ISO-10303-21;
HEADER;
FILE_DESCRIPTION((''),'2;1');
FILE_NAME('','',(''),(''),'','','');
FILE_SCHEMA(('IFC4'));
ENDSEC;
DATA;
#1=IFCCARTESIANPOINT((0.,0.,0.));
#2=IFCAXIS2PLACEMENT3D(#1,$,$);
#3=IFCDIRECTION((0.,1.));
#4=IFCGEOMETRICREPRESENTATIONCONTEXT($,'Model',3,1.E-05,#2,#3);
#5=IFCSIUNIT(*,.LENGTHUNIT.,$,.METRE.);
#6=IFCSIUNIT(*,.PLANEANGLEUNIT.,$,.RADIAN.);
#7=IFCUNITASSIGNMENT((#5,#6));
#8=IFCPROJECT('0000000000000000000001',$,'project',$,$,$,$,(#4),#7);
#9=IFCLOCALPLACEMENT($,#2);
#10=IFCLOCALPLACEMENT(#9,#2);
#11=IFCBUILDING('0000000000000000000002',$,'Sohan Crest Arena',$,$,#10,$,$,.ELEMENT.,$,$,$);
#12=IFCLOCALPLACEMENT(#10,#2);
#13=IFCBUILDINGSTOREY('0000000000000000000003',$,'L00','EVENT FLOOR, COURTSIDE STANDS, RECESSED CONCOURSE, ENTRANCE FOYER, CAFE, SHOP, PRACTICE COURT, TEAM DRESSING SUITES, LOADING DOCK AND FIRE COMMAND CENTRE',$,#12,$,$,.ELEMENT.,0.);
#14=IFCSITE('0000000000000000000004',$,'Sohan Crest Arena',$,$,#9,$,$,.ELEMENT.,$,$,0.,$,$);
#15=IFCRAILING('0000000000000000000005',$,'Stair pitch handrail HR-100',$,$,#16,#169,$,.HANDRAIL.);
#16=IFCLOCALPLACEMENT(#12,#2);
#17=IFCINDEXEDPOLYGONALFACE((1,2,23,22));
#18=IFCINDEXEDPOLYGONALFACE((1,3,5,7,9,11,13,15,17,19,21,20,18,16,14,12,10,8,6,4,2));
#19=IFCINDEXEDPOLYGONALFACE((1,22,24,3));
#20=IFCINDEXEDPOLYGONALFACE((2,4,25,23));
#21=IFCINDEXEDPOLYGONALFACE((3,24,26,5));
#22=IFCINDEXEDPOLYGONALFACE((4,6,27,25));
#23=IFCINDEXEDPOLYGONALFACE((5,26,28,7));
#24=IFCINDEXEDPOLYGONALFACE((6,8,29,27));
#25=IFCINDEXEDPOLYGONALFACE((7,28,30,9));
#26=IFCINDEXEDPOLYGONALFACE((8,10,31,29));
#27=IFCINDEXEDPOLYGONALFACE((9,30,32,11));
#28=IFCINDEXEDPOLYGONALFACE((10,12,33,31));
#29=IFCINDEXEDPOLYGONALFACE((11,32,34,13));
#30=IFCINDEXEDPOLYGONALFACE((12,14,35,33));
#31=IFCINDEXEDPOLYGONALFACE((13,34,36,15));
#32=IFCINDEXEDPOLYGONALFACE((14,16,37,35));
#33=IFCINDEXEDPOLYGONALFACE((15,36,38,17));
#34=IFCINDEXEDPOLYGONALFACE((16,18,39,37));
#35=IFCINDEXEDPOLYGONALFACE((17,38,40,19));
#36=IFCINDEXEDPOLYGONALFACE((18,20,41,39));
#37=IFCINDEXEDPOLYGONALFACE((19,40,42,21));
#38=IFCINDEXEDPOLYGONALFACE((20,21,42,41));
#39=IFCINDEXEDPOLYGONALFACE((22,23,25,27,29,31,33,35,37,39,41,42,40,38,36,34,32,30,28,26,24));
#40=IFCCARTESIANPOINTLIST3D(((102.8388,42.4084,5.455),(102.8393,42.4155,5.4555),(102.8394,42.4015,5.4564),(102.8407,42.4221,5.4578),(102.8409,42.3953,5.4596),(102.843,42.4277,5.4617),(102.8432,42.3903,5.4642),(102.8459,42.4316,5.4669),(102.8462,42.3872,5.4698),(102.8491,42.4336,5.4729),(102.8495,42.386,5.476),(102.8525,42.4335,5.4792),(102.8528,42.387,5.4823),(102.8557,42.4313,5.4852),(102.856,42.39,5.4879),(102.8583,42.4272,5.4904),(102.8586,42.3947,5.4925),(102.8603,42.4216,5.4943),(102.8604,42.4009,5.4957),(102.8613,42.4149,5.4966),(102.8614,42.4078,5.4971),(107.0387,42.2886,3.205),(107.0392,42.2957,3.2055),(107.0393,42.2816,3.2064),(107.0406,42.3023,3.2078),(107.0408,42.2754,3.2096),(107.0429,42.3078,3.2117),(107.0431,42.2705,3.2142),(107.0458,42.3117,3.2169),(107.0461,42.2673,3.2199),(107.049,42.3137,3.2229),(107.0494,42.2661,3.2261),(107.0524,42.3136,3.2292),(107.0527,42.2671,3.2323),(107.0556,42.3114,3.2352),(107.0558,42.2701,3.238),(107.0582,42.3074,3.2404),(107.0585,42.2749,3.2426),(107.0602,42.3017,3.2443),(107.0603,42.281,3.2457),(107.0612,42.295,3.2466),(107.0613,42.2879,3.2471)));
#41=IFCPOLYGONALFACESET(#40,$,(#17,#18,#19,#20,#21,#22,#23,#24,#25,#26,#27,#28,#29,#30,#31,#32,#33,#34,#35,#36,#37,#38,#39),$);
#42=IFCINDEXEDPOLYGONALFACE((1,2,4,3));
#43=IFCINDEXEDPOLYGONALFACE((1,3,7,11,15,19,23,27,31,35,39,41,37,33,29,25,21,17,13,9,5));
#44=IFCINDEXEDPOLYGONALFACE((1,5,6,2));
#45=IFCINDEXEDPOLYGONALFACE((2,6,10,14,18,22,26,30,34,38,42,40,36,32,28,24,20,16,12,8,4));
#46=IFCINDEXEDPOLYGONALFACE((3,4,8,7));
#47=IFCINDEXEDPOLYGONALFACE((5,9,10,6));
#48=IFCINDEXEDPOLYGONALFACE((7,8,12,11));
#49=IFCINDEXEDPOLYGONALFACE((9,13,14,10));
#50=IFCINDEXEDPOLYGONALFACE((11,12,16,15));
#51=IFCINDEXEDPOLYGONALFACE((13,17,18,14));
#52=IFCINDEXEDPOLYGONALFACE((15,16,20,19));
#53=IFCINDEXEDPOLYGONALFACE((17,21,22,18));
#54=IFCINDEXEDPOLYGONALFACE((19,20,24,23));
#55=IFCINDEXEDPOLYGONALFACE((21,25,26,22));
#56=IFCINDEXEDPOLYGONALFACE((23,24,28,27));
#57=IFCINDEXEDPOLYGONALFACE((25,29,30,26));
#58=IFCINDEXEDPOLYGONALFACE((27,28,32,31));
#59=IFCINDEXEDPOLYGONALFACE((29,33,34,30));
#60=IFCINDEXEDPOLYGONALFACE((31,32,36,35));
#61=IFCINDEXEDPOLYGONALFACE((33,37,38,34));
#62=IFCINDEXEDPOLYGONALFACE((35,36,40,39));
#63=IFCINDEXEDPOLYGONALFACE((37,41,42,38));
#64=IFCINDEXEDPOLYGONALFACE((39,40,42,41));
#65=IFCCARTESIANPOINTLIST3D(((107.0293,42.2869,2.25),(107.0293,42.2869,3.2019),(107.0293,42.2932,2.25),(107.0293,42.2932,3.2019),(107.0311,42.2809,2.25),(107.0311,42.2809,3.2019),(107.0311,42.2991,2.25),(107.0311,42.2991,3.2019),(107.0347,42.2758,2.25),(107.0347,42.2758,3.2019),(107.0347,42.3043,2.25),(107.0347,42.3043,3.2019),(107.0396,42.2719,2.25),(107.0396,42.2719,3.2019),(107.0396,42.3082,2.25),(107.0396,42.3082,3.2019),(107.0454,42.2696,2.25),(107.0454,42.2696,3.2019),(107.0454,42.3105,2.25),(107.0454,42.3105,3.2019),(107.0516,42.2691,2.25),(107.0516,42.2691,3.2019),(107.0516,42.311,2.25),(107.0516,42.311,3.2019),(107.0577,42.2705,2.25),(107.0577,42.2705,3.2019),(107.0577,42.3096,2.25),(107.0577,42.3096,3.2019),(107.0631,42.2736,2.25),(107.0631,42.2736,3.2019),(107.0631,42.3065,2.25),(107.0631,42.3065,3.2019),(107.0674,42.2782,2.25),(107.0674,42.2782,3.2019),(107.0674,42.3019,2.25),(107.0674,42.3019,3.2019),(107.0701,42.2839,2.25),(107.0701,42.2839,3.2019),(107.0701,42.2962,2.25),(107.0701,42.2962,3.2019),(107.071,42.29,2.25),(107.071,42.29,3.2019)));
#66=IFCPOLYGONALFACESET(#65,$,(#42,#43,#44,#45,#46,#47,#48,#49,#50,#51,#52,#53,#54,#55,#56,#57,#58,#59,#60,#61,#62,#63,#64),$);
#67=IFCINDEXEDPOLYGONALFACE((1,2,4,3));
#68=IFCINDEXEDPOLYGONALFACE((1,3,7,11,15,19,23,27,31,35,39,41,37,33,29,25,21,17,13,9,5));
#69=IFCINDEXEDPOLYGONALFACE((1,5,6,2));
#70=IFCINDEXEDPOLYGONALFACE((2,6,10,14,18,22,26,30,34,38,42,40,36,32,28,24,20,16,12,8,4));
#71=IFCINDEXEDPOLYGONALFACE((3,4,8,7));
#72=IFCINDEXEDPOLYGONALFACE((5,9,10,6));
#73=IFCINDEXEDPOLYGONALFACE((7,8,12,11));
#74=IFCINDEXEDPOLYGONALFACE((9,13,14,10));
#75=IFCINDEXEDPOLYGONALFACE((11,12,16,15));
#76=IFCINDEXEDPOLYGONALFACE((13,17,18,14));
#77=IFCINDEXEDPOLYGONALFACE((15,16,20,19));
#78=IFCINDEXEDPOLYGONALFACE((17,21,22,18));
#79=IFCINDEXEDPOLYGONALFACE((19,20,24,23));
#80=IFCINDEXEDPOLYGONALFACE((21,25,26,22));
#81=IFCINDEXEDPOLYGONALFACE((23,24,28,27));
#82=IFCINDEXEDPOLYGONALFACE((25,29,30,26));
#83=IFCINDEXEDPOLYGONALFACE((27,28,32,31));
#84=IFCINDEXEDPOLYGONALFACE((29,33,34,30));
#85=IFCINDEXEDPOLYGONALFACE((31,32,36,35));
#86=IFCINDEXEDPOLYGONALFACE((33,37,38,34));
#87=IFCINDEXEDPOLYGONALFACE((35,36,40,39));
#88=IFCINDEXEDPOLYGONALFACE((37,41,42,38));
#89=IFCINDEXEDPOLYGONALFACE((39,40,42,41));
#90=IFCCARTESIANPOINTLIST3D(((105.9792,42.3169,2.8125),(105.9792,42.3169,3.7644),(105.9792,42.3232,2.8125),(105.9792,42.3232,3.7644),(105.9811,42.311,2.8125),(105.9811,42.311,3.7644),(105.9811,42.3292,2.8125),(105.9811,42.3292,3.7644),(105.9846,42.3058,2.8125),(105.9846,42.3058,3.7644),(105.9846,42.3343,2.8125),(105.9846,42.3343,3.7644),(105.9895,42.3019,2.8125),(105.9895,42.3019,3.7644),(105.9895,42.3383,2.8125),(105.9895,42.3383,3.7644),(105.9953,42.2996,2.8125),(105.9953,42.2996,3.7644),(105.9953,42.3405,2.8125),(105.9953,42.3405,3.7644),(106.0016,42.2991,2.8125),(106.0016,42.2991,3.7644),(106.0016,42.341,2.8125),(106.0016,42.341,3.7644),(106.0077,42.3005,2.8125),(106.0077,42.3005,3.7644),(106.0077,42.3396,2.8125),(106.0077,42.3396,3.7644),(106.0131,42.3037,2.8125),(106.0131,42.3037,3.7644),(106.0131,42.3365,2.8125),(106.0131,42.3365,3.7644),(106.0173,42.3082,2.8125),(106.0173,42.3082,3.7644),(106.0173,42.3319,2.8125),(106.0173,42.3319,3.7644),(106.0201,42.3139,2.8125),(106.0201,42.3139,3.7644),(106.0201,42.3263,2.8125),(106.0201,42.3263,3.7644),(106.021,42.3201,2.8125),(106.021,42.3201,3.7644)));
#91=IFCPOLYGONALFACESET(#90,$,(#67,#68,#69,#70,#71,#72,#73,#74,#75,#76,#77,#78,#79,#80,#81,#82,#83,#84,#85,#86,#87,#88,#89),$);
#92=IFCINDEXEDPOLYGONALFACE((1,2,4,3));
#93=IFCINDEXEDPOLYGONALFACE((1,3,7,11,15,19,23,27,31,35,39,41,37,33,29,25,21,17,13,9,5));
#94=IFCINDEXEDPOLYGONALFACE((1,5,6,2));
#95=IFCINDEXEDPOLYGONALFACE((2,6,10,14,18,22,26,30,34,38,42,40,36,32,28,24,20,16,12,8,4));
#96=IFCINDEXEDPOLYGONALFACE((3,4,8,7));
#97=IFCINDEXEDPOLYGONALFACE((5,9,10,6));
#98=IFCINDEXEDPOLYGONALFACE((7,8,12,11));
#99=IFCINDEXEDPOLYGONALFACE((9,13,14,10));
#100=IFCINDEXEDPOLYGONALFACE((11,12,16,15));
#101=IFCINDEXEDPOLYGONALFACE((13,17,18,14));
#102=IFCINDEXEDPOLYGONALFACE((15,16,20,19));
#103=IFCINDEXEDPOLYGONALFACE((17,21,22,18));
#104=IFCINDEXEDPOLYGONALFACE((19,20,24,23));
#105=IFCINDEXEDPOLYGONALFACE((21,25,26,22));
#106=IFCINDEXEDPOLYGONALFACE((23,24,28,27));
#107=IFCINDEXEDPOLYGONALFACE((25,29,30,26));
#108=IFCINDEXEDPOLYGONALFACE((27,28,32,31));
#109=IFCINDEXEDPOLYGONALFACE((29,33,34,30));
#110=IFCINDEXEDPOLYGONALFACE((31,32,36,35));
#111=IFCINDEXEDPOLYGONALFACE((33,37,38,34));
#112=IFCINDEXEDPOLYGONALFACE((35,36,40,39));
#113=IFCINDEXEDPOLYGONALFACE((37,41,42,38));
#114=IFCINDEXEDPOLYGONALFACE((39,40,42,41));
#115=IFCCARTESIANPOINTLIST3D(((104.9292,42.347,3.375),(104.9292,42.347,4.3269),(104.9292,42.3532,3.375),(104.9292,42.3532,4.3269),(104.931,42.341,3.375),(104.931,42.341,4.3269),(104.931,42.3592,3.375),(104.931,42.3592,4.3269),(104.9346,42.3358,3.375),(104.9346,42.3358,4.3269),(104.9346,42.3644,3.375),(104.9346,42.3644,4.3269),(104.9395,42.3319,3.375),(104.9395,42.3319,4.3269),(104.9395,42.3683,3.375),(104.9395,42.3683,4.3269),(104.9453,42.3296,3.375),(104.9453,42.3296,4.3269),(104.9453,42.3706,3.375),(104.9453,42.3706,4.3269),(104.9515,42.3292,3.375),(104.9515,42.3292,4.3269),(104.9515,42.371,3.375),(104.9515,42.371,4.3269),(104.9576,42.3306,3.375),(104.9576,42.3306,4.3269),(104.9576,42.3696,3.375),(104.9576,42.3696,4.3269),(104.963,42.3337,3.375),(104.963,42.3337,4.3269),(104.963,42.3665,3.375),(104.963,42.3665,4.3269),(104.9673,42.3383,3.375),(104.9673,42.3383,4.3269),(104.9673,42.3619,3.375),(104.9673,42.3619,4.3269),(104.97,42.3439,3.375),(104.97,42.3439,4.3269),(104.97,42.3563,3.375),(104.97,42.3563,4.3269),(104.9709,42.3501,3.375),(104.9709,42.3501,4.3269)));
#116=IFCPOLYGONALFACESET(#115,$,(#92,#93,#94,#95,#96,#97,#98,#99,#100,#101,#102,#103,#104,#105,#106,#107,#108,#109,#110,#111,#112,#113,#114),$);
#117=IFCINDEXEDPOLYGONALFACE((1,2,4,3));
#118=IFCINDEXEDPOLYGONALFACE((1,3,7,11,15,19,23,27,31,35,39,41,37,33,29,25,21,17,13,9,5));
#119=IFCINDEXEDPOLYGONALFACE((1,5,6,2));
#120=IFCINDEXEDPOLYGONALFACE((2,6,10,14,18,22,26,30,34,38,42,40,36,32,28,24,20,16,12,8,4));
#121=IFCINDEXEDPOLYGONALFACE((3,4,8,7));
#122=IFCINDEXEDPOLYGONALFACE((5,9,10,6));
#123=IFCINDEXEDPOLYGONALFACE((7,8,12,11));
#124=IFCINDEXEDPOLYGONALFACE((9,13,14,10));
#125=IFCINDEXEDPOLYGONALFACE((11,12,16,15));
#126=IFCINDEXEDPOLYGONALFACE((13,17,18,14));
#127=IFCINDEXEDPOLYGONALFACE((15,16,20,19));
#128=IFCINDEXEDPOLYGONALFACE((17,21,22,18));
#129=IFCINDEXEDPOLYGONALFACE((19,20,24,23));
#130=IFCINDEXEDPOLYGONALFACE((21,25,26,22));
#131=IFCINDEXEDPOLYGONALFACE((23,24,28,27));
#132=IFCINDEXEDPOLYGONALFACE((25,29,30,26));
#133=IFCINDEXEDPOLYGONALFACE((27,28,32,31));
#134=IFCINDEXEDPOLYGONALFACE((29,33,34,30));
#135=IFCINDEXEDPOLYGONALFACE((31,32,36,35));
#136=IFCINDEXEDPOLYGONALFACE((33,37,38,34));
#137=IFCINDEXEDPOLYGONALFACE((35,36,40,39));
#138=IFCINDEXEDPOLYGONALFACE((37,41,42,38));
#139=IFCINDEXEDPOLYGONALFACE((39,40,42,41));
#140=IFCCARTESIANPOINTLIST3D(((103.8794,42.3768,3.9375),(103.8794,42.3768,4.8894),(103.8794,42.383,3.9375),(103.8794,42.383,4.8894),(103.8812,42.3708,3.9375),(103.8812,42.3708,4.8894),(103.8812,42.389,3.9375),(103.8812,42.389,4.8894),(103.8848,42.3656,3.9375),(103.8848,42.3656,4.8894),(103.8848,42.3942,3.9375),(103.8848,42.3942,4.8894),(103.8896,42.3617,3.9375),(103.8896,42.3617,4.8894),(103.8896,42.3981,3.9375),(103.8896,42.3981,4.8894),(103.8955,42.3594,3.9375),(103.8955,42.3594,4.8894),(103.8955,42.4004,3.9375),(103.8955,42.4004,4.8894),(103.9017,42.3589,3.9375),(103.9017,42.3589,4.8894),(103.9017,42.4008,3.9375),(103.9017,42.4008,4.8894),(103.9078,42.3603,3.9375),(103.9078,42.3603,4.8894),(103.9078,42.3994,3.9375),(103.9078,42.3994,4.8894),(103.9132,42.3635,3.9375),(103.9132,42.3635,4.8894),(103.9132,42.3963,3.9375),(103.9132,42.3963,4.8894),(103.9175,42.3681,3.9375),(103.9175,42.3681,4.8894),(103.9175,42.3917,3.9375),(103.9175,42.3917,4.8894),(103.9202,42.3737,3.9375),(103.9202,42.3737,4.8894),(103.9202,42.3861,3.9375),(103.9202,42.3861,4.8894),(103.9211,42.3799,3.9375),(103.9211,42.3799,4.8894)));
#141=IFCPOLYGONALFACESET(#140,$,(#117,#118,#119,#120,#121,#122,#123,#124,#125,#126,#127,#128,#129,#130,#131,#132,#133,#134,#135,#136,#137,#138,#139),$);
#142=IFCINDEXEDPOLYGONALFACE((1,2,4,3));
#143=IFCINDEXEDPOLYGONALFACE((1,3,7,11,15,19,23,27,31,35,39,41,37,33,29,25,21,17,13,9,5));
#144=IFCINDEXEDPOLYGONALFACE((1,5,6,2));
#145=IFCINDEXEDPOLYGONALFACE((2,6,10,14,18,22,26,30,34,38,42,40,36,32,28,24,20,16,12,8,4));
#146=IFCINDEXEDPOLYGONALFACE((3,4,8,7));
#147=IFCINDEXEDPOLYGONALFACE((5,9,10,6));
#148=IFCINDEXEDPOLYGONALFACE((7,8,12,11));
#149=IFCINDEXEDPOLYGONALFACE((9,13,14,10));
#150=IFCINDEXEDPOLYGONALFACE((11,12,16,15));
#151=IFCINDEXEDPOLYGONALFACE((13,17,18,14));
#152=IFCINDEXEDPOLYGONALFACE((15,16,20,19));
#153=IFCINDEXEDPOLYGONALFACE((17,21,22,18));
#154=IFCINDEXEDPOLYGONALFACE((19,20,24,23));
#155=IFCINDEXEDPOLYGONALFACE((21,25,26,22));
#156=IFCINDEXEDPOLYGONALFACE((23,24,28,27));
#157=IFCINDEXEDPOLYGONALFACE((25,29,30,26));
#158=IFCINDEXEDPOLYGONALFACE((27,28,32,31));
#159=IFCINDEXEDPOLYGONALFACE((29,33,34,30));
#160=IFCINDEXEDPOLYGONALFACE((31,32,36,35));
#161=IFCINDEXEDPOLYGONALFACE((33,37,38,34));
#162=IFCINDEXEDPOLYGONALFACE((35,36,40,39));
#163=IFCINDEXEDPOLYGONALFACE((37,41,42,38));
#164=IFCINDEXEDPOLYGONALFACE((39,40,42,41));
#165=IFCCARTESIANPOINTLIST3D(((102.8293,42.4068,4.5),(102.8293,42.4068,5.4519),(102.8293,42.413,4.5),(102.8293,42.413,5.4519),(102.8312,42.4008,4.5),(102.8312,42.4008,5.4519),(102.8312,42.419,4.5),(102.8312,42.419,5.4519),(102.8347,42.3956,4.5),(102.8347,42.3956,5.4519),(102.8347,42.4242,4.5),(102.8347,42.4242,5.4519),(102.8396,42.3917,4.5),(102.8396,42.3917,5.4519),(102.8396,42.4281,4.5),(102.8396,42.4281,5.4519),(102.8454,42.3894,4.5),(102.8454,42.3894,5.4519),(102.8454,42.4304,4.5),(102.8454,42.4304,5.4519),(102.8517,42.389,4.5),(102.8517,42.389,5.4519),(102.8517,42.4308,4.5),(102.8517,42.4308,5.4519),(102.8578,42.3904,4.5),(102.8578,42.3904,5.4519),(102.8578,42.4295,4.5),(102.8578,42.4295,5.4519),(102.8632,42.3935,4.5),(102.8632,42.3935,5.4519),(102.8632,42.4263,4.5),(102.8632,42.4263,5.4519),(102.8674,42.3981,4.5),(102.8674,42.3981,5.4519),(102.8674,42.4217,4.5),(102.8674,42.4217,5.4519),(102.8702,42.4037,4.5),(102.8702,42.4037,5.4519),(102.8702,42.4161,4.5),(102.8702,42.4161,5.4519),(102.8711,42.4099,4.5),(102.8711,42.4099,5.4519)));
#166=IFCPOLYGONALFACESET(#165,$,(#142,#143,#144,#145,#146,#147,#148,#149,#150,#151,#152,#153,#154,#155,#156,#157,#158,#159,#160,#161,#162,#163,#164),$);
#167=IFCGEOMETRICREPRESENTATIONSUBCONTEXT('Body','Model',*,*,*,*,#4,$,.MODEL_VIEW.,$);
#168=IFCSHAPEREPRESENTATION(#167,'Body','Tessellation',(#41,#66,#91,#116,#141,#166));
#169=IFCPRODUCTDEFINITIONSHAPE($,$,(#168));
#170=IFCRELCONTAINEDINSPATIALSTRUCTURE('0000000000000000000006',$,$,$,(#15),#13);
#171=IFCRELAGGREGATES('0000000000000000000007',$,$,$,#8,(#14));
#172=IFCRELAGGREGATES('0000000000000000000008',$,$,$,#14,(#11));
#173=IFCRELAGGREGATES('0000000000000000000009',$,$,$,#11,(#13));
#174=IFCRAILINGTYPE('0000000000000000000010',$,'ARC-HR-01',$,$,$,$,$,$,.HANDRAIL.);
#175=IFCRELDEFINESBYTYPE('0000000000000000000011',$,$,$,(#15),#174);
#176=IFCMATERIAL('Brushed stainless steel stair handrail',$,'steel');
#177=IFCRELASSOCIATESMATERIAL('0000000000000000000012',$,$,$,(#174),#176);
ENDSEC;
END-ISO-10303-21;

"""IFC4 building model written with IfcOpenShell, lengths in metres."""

from ifc_helpers import new_model, si_unit, direction, frame, origin, origin_2d, place, context, subcontext, project, spatial, circle, extrude, material, type_object, element, save


model = new_model("IFC4")

# Units and contexts
model_context = context("Model", 3, precision=1e-05, world=origin(), true_north=direction((0.0, 1.0)))
body_context = subcontext(model_context, "Body", "Model", "MODEL_VIEW")
ifc_project = project(units=[si_unit("LENGTHUNIT", "METRE"), si_unit("PLANEANGLEUNIT", "RADIAN")], contexts=[model_context])

# Site, building, storey
site_placement = place(None, origin())
site = spatial("IfcSite", under=ifc_project, at=site_placement, Name="Sohan Crest Arena", CompositionType="ELEMENT", RefElevation=0.0)
building_placement = place(site_placement, origin())
building = spatial("IfcBuilding", under=site, at=building_placement, Name="Sohan Crest Arena", CompositionType="ELEMENT")
storey_placement = place(building_placement, origin())
storey = spatial("IfcBuildingStorey", under=building, at=storey_placement, Name="L00", Description="EVENT FLOOR, COURTSIDE STANDS, RECESSED CONCOURSE, ENTRANCE FOYER, CAFE, SHOP, PRACTICE COURT, TEAM DRESSING SUITES, LOADING DOCK AND FIRE COMMAND CENTRE", CompositionType="ELEMENT", Elevation=0.0)

# Railing
ifc_material_1 = material(Name="Brushed stainless steel stair handrail", Category="steel")
railing_type_1 = type_object("IfcRailingType", Name="ARC-HR-01", PredefinedType="HANDRAIL", material=ifc_material_1)
railing_1_placement = place(storey_placement, frame((107.05, 42.29, 2.25)))
element("IfcRailing", 1, at=railing_1_placement, inside=storey, type_object=railing_type_1, Name="Stair pitch handrail HR-100", PredefinedType="HANDRAIL", context=body_context, shape_type="SweptSolid", body=[
    extrude(circle(Radius=0.0239, at=origin_2d()), frame((0.0, 0.0, 0.9761), z_axis=(-0.881199, 0.025151, 0.472076), x_axis=(-0.02853, -0.999593, 0.0)), (0.0, 0.0, 1.0), 4.7661),
    extrude(circle(Radius=0.021, at=origin_2d()), origin(), (0.0, 0.0, 1.0), 0.9519),
    extrude(circle(Radius=0.021, at=origin_2d()), frame((-1.05, 0.03, 0.5625)), (0.0, 0.0, 1.0), 0.9519),
    extrude(circle(Radius=0.021, at=origin_2d()), frame((-2.1001, 0.0601, 1.125)), (0.0, 0.0, 1.0), 0.9519),
    extrude(circle(Radius=0.021, at=origin_2d()), frame((-3.1499, 0.0898, 1.6875)), (0.0, 0.0, 1.0), 0.9519),
    extrude(circle(Radius=0.021, at=origin_2d()), frame((-4.2, 0.1199, 2.25)), (0.0, 0.0, 1.0), 0.9519),
])

save(model, "model.ifc")
